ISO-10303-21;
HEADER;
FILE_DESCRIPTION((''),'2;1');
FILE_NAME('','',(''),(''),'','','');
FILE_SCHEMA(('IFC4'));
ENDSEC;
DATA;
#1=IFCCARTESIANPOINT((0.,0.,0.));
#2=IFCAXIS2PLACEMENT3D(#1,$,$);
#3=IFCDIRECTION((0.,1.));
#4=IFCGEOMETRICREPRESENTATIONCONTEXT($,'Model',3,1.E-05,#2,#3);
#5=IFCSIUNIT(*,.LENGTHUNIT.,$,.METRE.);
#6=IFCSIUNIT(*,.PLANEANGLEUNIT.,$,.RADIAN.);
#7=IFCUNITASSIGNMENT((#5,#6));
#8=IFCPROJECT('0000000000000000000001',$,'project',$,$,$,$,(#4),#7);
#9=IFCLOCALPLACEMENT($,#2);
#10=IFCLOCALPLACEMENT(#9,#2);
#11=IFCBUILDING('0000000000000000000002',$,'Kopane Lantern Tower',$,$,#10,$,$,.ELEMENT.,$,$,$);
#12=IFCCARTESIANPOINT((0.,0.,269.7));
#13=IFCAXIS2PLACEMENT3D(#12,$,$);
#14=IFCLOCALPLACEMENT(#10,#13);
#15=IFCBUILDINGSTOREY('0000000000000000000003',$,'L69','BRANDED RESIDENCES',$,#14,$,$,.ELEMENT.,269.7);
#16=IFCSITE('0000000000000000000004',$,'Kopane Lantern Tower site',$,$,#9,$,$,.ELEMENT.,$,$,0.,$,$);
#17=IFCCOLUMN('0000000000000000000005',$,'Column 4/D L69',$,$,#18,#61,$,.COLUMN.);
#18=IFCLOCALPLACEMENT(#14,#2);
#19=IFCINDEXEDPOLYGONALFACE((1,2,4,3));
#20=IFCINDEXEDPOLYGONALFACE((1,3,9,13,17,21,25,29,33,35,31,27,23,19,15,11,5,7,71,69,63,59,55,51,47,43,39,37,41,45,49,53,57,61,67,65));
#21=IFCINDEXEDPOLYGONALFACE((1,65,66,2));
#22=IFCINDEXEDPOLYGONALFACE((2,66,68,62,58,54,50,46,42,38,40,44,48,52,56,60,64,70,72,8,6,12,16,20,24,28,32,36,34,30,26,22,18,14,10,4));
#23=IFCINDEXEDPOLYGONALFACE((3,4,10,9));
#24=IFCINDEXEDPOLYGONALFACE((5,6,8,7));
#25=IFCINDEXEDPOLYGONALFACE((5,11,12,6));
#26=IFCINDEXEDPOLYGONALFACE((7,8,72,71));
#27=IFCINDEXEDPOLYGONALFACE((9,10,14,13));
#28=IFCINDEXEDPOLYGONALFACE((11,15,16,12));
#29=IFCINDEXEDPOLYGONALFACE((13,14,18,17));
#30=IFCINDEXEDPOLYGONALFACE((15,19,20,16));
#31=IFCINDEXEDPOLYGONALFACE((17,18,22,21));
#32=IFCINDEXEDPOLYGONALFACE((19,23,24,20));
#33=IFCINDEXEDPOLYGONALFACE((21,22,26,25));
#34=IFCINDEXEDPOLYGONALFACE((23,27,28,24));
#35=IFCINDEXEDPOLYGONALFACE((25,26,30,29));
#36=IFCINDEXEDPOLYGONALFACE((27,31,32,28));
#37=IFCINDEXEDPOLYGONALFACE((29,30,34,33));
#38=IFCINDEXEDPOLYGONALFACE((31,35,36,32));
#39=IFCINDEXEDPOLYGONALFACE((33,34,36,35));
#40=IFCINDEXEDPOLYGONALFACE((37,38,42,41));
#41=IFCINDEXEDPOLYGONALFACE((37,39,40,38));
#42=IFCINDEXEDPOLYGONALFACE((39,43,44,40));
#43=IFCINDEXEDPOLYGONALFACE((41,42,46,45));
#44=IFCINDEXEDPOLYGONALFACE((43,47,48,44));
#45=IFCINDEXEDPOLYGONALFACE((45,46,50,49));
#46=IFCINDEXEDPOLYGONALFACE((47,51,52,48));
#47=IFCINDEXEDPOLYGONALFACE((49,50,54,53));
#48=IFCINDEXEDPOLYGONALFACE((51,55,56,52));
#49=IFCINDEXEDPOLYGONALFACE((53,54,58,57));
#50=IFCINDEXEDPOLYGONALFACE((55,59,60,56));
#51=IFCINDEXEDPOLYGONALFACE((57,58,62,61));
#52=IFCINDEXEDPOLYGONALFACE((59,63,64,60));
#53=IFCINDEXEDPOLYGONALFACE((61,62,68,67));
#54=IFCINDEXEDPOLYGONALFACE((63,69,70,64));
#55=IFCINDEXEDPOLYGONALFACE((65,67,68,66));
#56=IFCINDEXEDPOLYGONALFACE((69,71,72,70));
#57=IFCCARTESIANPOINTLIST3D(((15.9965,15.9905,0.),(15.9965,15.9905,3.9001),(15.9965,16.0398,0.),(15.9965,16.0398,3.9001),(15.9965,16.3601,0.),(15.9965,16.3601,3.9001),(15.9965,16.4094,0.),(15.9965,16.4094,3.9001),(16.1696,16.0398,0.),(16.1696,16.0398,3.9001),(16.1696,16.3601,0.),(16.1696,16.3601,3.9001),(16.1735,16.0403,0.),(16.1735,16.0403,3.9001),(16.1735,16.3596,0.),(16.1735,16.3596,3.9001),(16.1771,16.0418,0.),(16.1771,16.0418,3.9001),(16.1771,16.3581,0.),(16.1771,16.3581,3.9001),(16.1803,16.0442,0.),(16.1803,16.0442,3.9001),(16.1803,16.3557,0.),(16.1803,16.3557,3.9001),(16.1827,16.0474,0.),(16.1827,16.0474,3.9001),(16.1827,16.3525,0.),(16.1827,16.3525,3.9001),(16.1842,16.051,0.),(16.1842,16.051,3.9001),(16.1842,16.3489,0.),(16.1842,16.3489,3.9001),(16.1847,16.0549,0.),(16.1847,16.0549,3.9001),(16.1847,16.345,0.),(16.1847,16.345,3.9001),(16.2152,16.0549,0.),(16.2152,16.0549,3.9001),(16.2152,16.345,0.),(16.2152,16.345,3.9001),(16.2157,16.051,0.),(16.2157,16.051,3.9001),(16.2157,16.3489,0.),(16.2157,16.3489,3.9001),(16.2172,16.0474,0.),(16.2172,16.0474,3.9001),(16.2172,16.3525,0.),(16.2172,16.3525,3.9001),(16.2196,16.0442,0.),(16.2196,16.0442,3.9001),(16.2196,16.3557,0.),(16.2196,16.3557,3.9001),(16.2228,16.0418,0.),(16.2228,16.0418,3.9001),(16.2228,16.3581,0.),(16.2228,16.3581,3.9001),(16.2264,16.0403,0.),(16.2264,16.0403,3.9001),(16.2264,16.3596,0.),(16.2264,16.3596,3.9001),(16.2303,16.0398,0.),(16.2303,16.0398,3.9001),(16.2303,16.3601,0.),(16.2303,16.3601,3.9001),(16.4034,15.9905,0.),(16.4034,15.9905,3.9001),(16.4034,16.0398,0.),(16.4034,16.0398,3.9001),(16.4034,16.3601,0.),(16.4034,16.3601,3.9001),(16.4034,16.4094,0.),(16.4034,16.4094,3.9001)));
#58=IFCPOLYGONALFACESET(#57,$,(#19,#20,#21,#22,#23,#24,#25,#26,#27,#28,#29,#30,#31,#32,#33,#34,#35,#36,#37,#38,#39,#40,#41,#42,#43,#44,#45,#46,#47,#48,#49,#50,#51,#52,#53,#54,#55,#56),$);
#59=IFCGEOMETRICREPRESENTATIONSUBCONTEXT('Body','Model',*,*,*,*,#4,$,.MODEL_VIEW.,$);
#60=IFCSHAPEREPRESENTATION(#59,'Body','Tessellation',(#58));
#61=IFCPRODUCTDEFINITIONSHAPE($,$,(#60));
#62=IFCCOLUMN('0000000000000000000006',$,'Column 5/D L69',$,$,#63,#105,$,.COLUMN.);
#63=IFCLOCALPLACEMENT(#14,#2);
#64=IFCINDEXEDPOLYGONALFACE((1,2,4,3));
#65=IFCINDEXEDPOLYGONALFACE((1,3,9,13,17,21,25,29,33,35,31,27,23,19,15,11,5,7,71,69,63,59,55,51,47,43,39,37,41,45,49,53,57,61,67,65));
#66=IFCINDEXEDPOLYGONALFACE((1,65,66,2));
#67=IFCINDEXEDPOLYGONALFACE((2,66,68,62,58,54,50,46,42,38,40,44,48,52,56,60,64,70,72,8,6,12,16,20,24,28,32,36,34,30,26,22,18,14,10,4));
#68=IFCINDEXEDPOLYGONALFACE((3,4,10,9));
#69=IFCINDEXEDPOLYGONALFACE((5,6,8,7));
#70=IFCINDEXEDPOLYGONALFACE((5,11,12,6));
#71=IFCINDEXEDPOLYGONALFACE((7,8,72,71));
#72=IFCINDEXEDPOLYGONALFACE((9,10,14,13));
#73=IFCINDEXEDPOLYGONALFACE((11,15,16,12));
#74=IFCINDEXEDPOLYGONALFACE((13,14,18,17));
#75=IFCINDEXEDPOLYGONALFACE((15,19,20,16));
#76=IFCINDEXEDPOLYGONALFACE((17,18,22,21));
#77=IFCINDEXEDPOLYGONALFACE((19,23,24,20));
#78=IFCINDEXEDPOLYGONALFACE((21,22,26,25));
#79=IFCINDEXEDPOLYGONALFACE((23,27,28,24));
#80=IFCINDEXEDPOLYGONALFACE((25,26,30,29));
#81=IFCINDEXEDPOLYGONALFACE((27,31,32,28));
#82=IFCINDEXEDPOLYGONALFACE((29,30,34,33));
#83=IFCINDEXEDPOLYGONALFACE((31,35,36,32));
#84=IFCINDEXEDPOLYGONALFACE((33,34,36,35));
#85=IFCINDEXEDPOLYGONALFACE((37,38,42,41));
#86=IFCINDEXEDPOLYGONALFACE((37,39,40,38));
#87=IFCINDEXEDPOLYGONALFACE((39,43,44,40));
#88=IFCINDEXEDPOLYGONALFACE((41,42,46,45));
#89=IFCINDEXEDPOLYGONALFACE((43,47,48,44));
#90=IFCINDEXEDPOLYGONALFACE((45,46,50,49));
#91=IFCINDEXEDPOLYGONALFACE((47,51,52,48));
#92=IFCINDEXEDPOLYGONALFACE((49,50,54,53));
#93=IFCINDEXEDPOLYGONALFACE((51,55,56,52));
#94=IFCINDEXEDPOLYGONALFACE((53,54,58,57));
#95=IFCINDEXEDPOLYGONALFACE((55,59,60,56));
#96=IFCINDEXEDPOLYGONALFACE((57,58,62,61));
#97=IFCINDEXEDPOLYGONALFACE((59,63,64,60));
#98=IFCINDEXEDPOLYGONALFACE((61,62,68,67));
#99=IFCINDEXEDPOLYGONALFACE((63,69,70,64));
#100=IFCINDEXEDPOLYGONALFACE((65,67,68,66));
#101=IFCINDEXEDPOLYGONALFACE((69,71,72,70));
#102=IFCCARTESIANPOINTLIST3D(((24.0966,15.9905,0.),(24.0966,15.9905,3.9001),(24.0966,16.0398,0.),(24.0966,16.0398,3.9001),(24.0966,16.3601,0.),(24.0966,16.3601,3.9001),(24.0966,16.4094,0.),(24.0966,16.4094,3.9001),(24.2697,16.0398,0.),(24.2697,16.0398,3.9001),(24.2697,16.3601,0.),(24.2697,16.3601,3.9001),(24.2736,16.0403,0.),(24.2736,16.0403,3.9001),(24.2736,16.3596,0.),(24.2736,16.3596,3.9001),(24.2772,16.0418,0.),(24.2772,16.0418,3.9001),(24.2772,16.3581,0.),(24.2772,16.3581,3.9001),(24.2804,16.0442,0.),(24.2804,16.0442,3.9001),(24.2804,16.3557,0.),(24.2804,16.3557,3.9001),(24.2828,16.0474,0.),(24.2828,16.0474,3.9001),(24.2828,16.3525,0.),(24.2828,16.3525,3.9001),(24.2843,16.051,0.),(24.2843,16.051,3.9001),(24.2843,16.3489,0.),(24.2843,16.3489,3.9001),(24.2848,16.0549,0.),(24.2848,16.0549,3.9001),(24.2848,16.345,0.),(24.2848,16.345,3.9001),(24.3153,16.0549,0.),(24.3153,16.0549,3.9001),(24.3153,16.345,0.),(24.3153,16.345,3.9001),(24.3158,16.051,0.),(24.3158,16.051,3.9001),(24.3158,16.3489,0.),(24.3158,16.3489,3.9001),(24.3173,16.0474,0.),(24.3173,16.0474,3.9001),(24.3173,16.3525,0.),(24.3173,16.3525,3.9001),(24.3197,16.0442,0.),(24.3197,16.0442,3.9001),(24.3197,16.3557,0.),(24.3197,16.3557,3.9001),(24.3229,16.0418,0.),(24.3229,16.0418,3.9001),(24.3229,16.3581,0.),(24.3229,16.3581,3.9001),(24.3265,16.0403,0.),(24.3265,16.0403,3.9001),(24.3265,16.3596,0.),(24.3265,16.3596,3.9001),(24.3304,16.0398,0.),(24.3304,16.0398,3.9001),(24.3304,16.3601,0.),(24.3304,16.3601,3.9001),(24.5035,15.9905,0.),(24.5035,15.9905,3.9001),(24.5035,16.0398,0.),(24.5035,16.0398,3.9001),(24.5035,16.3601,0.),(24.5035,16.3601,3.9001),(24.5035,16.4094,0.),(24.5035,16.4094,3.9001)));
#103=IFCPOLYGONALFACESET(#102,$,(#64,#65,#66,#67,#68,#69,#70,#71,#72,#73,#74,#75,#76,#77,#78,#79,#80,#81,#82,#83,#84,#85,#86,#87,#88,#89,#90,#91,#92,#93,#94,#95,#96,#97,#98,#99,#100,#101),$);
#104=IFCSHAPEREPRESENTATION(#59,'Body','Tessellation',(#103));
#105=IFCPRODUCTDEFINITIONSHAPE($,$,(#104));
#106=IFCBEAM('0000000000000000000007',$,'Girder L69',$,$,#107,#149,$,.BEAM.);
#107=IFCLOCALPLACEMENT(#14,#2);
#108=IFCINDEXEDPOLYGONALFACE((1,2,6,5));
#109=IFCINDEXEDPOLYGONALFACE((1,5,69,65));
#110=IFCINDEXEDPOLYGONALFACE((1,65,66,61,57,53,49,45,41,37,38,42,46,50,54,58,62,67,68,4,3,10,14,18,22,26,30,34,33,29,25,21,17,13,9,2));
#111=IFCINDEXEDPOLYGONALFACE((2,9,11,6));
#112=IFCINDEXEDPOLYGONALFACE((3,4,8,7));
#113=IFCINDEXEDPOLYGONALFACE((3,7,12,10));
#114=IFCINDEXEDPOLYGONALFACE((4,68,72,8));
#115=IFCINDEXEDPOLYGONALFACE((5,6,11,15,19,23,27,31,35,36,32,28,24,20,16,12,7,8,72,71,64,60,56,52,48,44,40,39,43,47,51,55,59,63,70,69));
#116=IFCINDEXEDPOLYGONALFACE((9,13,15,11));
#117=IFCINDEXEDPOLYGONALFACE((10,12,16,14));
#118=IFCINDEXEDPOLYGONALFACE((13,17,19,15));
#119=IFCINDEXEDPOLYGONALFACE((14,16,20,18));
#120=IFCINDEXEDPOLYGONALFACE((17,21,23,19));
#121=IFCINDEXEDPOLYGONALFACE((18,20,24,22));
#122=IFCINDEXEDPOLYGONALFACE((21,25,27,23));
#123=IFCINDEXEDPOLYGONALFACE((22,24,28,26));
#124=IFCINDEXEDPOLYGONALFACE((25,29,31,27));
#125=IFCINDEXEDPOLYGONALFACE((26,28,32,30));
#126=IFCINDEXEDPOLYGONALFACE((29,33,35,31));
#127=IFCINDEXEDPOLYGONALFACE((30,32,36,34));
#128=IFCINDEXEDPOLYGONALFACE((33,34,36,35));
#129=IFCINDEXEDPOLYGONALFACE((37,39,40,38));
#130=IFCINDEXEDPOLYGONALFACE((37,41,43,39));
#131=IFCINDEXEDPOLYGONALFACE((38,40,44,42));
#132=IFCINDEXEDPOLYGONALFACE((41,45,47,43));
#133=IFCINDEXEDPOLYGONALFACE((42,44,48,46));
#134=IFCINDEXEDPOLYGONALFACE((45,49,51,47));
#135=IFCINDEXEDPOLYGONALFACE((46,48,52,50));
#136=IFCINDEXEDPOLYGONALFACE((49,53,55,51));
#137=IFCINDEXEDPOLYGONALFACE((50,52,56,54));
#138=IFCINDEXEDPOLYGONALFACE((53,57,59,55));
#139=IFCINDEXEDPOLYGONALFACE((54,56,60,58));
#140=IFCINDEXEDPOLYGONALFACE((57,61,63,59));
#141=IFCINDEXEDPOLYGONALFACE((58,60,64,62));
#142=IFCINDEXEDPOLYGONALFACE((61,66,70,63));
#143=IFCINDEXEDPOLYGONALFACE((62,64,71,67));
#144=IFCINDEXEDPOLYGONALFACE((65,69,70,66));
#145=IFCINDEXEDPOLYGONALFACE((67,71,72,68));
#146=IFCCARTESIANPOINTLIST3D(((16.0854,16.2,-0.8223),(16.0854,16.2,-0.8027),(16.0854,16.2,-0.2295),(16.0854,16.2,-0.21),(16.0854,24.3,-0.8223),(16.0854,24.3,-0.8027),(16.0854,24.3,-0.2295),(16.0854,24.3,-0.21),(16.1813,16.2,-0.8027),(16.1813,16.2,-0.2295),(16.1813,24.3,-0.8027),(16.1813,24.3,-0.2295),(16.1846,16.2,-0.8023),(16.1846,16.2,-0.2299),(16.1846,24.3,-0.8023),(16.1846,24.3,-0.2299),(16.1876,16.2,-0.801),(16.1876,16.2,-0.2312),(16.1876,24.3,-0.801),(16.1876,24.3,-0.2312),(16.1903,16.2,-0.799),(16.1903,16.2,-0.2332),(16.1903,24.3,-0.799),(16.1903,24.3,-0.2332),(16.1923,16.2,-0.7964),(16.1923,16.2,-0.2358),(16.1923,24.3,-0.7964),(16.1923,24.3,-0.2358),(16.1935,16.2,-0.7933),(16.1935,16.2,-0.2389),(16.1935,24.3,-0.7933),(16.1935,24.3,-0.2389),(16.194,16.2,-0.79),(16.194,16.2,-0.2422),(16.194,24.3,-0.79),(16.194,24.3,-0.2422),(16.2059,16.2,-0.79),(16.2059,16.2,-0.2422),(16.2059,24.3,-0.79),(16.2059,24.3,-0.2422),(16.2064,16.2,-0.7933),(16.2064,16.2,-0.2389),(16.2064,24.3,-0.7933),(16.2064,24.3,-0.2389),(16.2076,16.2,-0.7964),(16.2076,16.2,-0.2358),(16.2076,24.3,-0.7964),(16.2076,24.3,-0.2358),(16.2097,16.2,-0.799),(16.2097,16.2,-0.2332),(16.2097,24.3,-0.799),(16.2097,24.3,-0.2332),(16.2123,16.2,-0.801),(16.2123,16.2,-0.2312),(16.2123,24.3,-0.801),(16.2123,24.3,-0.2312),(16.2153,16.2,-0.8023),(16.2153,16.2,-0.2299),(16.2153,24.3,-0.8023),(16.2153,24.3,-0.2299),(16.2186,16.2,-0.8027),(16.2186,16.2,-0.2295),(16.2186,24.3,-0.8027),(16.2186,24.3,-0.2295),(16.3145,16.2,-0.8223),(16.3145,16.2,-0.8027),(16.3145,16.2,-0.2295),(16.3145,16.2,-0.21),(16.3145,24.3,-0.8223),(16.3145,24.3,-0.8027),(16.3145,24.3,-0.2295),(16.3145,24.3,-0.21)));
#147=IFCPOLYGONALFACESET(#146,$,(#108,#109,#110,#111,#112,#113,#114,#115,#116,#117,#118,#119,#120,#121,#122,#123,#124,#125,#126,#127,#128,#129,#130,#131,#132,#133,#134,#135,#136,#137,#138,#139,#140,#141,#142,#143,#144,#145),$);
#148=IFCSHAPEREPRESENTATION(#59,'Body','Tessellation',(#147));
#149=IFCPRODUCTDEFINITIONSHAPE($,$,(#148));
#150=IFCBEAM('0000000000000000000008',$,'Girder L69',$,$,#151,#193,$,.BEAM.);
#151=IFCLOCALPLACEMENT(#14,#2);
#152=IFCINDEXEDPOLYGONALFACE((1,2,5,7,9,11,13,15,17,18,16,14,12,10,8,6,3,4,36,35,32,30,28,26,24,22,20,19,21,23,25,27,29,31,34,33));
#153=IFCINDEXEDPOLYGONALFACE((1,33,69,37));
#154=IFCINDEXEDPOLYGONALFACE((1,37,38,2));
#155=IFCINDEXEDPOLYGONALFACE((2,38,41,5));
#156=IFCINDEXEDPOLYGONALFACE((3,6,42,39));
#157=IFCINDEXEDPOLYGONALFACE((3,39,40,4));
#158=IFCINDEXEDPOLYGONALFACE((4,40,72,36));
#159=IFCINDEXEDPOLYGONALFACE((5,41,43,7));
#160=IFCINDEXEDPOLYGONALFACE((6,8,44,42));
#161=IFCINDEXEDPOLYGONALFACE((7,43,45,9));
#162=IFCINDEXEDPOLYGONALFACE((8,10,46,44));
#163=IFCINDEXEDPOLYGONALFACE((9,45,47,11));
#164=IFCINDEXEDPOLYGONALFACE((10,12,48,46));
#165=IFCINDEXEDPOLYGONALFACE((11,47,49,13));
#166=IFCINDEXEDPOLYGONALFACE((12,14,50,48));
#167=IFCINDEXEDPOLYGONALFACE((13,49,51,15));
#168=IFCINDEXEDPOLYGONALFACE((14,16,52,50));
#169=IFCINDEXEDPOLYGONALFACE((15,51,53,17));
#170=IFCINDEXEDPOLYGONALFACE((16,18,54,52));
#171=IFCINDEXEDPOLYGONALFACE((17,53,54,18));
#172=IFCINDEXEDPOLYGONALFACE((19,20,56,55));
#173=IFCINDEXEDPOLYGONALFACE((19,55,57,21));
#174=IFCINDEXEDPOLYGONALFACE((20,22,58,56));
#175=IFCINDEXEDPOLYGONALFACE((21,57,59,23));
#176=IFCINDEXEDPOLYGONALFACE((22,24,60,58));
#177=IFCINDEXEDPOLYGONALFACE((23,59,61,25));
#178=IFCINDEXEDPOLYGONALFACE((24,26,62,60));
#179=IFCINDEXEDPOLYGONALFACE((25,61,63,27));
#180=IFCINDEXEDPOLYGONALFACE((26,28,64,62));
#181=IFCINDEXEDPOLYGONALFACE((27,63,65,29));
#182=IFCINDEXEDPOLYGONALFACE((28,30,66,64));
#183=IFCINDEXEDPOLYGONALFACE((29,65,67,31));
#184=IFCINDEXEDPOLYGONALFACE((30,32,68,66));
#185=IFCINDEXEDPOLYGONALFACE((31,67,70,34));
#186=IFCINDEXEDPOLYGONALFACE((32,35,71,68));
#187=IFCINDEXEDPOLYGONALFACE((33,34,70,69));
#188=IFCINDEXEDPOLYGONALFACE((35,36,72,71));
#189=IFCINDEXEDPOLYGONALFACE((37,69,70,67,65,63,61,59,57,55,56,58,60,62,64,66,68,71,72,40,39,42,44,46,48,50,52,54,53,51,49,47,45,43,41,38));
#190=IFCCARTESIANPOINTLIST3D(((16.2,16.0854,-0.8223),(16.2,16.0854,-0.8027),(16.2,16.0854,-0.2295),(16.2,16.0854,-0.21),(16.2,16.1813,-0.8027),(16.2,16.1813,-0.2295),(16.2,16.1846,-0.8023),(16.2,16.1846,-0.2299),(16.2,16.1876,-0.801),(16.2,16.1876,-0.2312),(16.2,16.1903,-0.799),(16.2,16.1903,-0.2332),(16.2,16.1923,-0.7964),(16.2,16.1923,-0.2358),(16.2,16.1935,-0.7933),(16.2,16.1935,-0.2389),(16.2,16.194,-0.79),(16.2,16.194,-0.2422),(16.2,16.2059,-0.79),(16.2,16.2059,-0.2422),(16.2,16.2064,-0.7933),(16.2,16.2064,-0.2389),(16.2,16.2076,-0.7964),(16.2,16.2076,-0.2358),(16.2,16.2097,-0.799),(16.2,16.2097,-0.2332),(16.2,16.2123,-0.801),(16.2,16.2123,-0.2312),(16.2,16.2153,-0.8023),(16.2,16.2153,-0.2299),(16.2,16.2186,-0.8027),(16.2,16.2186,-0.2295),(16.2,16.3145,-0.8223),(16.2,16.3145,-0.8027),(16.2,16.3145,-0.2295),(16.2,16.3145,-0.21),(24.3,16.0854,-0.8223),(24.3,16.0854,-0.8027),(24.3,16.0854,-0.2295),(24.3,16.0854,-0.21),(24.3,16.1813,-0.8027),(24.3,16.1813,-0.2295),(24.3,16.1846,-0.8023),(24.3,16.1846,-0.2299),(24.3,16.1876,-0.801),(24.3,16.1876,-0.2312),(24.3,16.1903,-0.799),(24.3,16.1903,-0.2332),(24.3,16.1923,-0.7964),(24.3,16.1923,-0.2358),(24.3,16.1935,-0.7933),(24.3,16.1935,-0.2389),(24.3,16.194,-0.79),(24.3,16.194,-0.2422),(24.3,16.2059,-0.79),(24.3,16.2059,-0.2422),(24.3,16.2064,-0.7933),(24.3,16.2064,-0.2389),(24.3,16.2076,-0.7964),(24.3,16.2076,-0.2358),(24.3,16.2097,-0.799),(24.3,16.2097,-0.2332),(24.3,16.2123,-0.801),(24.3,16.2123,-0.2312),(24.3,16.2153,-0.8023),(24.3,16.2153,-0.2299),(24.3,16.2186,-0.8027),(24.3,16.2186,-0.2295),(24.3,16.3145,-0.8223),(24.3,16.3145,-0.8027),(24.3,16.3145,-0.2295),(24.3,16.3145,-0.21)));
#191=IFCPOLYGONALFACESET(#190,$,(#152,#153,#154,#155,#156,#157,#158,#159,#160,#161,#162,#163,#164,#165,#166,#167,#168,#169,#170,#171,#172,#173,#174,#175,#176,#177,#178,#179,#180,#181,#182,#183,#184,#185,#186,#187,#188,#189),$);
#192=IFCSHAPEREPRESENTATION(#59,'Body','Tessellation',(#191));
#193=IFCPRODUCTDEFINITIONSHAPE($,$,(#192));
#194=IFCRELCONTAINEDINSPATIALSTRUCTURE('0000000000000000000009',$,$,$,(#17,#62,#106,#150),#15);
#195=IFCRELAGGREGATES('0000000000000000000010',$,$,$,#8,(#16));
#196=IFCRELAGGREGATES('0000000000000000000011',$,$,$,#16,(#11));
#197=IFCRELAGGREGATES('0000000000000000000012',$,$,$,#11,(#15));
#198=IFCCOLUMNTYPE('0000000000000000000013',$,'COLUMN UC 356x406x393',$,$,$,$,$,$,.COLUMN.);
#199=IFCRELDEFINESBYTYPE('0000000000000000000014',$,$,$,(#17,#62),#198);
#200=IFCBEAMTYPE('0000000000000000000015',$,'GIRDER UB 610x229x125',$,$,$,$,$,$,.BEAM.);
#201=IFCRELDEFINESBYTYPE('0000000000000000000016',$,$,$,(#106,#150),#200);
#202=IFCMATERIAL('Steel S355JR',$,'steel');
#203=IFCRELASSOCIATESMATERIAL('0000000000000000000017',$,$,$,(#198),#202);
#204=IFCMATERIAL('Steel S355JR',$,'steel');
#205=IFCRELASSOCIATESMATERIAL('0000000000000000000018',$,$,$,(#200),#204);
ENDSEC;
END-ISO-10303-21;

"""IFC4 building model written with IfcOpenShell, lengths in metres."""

from ifc_helpers import new_model, si_unit, direction, frame, origin, origin_2d, place, context, subcontext, project, spatial, i_section, extrude, material, material_profile, profile_set, type_object, element, save


model = new_model("IFC4")

# Units and contexts
model_context = context("Model", 3, precision=1e-05, world=origin(), true_north=direction((0.0, 1.0)))
body_context = subcontext(model_context, "Body", "Model", "MODEL_VIEW")
ifc_project = project(units=[si_unit("LENGTHUNIT", "METRE"), si_unit("PLANEANGLEUNIT", "RADIAN")], contexts=[model_context])

# Site, building, storey
site_placement = place(None, origin())
site = spatial("IfcSite", under=ifc_project, at=site_placement, Name="Kopane Lantern Tower site", CompositionType="ELEMENT", RefElevation=0.0)
building_placement = place(site_placement, origin())
building = spatial("IfcBuilding", under=site, at=building_placement, Name="Kopane Lantern Tower", CompositionType="ELEMENT")
storey_placement = place(building_placement, frame((0.0, 0.0, 269.7)))
storey = spatial("IfcBuildingStorey", under=building, at=storey_placement, Name="L69", Description="BRANDED RESIDENCES", CompositionType="ELEMENT", Elevation=269.7)

# Columns
ifc_material_1 = material(Name="Steel S355JR", Category="steel")
ifc_material_profile_1 = material_profile(ifc_material_1, i_section(OverallWidth=0.407, OverallDepth=0.4189, WebThickness=0.0305, FlangeThickness=0.0493, FilletRadius=0.0151, at=origin_2d()), Name="UC 356x406x393")
ifc_profile_set_1 = profile_set([ifc_material_profile_1], Name="Steel S355JR")
column_type = type_object("IfcColumnType", Name="COLUMN UC 356x406x393", PredefinedType="COLUMN", material=ifc_profile_set_1)
for number, where, z_axis, x_axis, name in (
    (1, (16.2, 16.2, 0.0), (0.0, 0.0, 1.0), (1.0, 0.0, 0.0), "Column 4/D L69"),
    (2, (24.3, 16.2, 0.0), (0.0, 0.0, 1.0), (1.0, 0.0, 0.0), "Column 5/D L69"),
):
    element("IfcColumn", number, at=place(storey_placement, frame(where, z_axis=z_axis, x_axis=x_axis)), inside=storey, type_object=column_type, Name=name, PredefinedType="COLUMN", context=body_context, shape_type="SweptSolid", body=[
        extrude(i_section(OverallWidth=0.407, OverallDepth=0.4189, WebThickness=0.0305, FlangeThickness=0.0493, FilletRadius=0.0151, at=origin_2d()), origin(), (0.0, 0.0, 1.0), 3.9001),
    ])

# Beams
ifc_material_2 = material(Name="Steel S355JR", Category="steel")
ifc_material_profile_2 = material_profile(ifc_material_2, i_section(OverallWidth=0.229, OverallDepth=0.6123, WebThickness=0.012, FlangeThickness=0.0195, FilletRadius=0.0127, at=origin_2d()), Name="UB 610x229x125")
ifc_profile_set_2 = profile_set([ifc_material_profile_2], Name="Steel S355JR")
beam_type = type_object("IfcBeamType", Name="GIRDER UB 610x229x125", PredefinedType="BEAM", material=ifc_profile_set_2)
for number, where, z_axis, x_axis, name in (
    (3, (16.2, 16.2, -0.5161), (0.0, 1.0, 0.0), (-1.0, 0.0, 0.0), "Girder L69"),
    (4, (16.2, 16.2, -0.5161), (1.0, 0.0, 0.0), (0.0, 1.0, 0.0), "Girder L69"),
):
    element("IfcBeam", number, at=place(storey_placement, frame(where, z_axis=z_axis, x_axis=x_axis)), inside=storey, type_object=beam_type, Name=name, PredefinedType="BEAM", context=body_context, shape_type="SweptSolid", body=[
        extrude(i_section(OverallWidth=0.229, OverallDepth=0.6123, WebThickness=0.012, FlangeThickness=0.0195, FilletRadius=0.0127, at=origin_2d()), origin(), (0.0, 0.0, 1.0), 8.1001),
    ])

save(model, "model.ifc")
